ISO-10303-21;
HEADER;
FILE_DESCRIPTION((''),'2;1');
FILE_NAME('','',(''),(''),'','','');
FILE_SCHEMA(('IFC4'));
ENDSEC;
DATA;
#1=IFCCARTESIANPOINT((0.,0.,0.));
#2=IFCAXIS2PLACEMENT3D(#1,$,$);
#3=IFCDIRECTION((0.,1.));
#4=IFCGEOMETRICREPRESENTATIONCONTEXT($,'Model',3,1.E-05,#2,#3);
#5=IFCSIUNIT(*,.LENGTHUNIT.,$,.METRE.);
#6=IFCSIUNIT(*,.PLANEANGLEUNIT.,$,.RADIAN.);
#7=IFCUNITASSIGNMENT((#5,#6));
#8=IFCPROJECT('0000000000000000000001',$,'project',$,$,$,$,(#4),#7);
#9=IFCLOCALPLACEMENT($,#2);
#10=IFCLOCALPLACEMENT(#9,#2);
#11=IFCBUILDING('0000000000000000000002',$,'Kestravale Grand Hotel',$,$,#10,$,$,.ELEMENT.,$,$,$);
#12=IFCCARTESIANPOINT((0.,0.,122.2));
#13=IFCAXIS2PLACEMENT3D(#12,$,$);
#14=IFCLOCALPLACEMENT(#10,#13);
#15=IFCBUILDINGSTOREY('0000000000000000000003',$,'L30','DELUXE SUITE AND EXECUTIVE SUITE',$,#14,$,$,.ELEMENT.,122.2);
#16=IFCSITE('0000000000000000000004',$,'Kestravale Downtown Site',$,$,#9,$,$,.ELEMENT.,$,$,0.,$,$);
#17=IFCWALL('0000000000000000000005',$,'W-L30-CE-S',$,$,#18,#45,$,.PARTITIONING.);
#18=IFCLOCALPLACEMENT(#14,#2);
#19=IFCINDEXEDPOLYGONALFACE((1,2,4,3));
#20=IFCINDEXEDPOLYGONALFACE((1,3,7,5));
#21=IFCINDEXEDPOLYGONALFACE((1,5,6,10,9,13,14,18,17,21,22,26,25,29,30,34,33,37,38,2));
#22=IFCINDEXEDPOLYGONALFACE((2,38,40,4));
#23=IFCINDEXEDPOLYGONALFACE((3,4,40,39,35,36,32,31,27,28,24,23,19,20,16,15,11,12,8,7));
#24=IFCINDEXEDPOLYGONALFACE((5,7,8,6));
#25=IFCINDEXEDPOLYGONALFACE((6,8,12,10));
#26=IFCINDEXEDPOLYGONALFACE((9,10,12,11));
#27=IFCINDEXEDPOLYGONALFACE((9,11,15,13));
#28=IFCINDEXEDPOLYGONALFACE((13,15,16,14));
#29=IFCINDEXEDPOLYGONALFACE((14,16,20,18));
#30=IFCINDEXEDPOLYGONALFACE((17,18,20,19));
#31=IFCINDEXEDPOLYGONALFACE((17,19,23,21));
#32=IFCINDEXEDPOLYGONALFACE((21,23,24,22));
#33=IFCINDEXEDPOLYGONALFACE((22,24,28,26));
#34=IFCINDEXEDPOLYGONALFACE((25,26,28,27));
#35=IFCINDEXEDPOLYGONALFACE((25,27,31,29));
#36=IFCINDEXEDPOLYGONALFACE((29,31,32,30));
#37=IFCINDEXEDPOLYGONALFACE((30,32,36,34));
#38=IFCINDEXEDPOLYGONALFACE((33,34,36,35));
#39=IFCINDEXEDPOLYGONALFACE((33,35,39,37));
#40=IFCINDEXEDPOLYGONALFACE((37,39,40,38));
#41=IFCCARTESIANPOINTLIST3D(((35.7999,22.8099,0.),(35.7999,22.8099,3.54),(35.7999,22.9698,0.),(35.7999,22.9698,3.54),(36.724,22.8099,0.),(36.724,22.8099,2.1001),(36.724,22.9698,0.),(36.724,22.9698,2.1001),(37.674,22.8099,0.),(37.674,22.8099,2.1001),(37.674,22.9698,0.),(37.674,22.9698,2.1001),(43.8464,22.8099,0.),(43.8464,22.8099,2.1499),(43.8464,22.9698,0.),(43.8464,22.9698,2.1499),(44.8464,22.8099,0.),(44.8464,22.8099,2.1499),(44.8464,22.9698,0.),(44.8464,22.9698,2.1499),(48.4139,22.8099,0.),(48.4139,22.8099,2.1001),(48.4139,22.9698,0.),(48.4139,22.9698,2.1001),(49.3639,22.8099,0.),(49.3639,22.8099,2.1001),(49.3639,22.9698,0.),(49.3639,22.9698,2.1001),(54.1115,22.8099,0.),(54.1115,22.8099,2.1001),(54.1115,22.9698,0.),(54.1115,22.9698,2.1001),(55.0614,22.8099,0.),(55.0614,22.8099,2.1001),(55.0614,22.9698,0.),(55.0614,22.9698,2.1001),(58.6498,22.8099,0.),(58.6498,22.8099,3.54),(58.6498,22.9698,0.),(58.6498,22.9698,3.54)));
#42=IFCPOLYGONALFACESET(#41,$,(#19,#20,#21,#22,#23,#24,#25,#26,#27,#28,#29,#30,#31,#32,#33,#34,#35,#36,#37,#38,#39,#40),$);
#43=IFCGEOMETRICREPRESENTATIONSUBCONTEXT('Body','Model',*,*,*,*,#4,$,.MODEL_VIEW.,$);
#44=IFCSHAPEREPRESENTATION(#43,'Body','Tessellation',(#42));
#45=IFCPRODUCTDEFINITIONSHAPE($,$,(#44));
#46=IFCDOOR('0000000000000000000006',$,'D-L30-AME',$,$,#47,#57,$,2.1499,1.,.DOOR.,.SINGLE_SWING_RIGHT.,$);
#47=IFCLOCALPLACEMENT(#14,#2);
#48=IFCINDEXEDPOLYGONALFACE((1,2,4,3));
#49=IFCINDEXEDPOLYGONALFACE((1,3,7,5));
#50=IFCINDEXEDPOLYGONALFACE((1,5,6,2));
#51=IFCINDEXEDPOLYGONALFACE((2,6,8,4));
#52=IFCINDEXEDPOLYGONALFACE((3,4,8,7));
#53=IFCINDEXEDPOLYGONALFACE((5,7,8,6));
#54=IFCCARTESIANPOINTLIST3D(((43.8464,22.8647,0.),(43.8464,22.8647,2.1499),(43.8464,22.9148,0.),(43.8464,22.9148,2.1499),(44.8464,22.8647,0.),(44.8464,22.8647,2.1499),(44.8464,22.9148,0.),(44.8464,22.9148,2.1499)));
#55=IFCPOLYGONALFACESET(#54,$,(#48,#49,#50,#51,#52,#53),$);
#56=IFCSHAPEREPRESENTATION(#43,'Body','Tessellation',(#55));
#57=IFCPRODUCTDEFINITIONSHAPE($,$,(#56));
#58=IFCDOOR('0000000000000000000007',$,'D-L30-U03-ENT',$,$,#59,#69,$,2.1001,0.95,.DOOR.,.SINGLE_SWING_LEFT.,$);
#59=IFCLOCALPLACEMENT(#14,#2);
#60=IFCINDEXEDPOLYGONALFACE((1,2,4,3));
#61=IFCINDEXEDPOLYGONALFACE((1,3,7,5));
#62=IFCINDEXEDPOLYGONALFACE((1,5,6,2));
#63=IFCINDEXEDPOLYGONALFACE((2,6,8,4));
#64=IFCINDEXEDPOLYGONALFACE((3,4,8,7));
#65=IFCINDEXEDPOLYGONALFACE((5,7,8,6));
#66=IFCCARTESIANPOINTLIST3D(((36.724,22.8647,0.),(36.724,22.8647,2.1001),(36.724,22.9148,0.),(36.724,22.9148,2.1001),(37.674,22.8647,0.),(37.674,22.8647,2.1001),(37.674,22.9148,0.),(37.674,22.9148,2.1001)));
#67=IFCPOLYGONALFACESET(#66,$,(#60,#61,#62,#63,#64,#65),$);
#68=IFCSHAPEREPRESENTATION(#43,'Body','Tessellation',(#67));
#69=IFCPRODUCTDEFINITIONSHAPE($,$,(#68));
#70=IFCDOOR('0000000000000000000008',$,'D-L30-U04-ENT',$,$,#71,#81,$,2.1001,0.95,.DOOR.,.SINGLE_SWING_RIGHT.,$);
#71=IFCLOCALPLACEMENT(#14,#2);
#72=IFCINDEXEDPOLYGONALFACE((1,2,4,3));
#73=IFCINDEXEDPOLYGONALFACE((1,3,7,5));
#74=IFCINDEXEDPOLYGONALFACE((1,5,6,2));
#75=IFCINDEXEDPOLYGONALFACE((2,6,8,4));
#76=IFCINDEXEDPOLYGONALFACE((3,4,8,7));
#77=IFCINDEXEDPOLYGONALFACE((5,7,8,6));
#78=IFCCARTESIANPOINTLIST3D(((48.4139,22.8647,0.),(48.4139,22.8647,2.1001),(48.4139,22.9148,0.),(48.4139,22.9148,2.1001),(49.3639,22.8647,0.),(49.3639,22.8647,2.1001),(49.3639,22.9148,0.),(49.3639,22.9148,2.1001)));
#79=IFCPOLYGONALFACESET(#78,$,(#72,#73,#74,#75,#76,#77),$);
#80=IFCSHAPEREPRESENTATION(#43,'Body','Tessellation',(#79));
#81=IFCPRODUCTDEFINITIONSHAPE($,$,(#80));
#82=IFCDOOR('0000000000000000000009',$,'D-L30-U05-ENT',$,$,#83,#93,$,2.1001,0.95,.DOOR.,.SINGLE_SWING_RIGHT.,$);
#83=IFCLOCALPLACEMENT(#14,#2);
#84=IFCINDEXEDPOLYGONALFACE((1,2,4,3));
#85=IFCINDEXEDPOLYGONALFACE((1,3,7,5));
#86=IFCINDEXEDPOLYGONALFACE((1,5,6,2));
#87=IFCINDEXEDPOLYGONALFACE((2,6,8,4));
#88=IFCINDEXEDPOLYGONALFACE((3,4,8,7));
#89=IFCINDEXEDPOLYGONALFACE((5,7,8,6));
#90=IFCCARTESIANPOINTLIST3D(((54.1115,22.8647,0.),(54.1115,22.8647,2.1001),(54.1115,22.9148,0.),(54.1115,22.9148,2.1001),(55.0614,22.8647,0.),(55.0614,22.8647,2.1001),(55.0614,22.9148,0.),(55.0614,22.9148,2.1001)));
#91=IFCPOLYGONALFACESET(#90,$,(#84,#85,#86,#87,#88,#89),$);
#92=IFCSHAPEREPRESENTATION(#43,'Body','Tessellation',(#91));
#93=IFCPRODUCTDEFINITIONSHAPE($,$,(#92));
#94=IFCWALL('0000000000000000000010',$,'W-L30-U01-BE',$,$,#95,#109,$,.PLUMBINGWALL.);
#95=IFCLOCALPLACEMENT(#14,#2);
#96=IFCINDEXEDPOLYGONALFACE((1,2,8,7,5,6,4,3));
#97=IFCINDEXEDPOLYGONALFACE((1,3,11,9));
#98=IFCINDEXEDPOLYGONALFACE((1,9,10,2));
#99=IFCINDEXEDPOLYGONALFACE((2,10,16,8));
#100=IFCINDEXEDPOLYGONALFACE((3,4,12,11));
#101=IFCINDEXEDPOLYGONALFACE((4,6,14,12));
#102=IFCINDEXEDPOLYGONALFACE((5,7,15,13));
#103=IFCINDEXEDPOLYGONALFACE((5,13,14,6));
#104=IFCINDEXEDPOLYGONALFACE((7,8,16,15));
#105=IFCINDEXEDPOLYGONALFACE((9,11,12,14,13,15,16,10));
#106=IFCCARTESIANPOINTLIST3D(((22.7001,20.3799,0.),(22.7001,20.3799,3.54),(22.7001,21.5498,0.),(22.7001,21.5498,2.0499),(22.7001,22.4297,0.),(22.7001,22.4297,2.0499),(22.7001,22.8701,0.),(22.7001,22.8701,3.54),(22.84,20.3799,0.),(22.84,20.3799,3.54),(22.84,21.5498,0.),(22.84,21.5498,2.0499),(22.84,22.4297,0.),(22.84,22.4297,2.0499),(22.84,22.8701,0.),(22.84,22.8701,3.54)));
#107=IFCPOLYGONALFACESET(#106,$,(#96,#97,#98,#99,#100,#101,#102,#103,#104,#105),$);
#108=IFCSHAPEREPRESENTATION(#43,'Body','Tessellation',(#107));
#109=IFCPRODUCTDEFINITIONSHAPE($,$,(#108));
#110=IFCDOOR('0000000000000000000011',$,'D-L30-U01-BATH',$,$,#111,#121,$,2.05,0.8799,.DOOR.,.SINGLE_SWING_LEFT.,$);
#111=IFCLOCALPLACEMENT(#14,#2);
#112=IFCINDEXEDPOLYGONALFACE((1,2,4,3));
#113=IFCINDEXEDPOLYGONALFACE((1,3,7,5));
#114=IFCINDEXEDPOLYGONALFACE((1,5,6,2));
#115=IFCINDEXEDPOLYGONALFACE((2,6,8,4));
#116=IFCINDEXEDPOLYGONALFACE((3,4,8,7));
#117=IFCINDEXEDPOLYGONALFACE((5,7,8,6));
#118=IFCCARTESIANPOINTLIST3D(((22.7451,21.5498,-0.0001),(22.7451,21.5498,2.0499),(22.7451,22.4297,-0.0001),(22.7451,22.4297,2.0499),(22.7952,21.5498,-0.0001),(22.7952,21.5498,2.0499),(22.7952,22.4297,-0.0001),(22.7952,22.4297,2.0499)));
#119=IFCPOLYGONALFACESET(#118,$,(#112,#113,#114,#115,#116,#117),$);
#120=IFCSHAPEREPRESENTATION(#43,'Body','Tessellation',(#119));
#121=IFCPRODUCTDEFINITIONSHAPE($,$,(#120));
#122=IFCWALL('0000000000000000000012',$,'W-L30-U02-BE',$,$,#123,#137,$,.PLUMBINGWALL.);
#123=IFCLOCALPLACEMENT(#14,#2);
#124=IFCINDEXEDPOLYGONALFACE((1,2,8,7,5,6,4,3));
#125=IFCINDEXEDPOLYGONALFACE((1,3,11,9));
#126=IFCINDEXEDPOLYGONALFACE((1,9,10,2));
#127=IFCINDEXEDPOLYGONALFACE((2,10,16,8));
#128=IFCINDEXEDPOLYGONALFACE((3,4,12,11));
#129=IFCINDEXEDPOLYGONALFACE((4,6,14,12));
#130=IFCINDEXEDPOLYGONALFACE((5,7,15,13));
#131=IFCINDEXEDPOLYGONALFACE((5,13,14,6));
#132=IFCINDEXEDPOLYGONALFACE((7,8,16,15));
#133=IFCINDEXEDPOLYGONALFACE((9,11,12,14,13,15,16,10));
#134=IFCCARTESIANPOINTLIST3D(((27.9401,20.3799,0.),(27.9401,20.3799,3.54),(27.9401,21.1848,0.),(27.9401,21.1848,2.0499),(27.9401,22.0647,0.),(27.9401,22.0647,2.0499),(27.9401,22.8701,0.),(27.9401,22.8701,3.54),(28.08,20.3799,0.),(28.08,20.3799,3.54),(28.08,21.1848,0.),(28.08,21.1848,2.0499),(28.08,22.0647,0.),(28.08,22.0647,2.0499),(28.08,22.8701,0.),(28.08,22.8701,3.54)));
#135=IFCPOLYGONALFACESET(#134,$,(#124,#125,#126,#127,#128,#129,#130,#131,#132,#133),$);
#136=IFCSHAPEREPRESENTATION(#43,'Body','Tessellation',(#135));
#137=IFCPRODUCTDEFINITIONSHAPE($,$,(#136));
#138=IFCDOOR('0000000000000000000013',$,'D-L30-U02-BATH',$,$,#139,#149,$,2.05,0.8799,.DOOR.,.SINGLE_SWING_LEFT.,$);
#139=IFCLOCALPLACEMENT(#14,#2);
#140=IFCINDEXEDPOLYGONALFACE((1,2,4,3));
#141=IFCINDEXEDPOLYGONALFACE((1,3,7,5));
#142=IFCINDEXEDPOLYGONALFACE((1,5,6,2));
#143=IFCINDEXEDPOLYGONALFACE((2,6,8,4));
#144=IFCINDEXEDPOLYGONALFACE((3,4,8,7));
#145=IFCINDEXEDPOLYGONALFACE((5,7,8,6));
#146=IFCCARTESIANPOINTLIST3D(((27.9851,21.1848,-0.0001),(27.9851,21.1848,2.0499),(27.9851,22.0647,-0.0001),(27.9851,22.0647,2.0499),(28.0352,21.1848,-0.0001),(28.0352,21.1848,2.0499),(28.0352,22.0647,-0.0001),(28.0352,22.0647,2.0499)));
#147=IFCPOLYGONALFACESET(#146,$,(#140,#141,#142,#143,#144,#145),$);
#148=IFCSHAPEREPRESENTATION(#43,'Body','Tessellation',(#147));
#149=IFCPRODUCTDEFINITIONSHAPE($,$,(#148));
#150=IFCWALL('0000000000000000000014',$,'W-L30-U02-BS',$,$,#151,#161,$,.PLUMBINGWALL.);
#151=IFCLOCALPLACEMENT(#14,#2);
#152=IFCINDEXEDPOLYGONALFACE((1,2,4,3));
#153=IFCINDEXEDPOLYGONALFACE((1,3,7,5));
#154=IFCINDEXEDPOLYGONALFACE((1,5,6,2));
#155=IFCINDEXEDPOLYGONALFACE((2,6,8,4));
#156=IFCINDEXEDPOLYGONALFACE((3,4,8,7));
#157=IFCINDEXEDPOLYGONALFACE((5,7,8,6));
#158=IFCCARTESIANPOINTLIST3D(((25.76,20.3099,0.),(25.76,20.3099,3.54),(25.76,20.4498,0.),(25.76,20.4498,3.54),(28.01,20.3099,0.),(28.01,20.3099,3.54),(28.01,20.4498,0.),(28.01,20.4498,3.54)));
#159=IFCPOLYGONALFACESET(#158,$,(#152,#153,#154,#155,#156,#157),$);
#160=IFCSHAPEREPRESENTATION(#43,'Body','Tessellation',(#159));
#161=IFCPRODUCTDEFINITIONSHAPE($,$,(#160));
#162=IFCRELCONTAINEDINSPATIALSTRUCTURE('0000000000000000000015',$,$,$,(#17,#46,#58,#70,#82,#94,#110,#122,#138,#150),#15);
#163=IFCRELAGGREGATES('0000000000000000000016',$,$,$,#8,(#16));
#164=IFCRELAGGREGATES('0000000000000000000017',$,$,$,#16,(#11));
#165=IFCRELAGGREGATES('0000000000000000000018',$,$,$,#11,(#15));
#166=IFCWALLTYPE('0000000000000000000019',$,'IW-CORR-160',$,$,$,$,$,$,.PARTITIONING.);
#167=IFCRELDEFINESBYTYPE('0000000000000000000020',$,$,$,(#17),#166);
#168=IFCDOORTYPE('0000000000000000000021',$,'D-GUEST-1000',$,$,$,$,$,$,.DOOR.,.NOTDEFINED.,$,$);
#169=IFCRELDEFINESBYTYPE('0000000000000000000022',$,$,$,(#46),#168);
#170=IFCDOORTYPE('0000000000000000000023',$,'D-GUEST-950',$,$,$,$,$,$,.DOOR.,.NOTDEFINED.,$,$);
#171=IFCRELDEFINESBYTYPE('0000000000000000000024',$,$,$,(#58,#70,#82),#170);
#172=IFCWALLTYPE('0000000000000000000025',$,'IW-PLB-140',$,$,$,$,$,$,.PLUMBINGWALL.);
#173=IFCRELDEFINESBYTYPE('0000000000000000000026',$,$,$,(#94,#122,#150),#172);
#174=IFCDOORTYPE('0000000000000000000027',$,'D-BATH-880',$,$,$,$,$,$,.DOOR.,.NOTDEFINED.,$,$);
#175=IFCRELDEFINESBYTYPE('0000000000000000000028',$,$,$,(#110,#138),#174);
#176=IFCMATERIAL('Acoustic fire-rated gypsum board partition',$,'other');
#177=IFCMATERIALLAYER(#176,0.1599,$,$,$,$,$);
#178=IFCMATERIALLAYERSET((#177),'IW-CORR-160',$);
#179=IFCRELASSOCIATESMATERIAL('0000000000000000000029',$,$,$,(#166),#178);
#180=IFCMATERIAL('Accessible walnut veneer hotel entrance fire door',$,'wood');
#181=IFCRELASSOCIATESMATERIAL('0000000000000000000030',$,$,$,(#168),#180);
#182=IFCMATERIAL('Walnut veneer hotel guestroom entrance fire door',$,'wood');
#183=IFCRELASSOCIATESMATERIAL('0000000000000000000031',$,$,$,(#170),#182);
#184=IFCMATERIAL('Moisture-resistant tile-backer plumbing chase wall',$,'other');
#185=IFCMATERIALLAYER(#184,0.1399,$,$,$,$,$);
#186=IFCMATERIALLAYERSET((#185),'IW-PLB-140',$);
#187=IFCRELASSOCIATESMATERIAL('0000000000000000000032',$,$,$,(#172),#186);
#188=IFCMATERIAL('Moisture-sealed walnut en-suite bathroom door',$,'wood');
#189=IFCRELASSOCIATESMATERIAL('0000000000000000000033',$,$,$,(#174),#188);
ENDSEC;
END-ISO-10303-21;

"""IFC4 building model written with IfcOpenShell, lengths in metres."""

from ifc_helpers import new_model, si_unit, direction, frame, frame_2d, origin, place, context, subcontext, project, spatial, rectangle, extrude, material, layer, layer_set, type_object, element, fill, save


model = new_model("IFC4")

# Units and contexts
model_context = context("Model", 3, precision=1e-05, world=origin(), true_north=direction((0.0, 1.0)))
body_context = subcontext(model_context, "Body", "Model", "MODEL_VIEW")
ifc_project = project(units=[si_unit("LENGTHUNIT", "METRE"), si_unit("PLANEANGLEUNIT", "RADIAN")], contexts=[model_context])

# Site, building, storey
site_placement = place(None, origin())
site = spatial("IfcSite", under=ifc_project, at=site_placement, Name="Kestravale Downtown Site", CompositionType="ELEMENT", RefElevation=0.0)
building_placement = place(site_placement, origin())
building = spatial("IfcBuilding", under=site, at=building_placement, Name="Kestravale Grand Hotel", CompositionType="ELEMENT")
storey_placement = place(building_placement, frame((0.0, 0.0, 122.2)))
storey = spatial("IfcBuildingStorey", under=building, at=storey_placement, Name="L30", Description="DELUXE SUITE AND EXECUTIVE SUITE", CompositionType="ELEMENT", Elevation=122.2)

# Shared definitions
ifc_material_1 = material(Name="Acoustic fire-rated gypsum board partition", Category="other")
ifc_layer_1 = layer(ifc_material_1, 0.1599)
ifc_layer_set_1 = layer_set([ifc_layer_1], Name="IW-CORR-160")
wall_type_1 = type_object("IfcWallType", Name="IW-CORR-160", PredefinedType="PARTITIONING", material=ifc_layer_set_1)

# Wall, openings, doors
wall_1_placement = place(storey_placement, frame((35.8, 22.8899, 0.0), z_axis=(0.0, 0.0, 1.0), x_axis=(1.0, 0.0, 0.0)))
wall_1 = element("IfcWall", 1, at=wall_1_placement, inside=storey, type_object=wall_type_1, Name="W-L30-CE-S", PredefinedType="PARTITIONING", context=body_context, shape_type="SweptSolid", body=[
    extrude(rectangle(XDim=22.8499, YDim=0.1599, at=frame_2d((11.4248, 0.0))), origin(), (0.0, 0.0, 1.0), 3.54),
])
opening_1_placement = place(wall_1_placement, frame((0.9238, 0.0, 0.0)))
opening_1 = element("IfcOpeningElement", 2, at=opening_1_placement, cuts=wall_1, PredefinedType="OPENING", context=body_context, shape_type="SweptSolid", body=[
    extrude(rectangle(XDim=0.95, YDim=2.1001, at=frame_2d((0.4751, 1.05))), frame((0.0, 0.0898, 0.0), z_axis=(0.0, -1.0, 0.0), x_axis=(1.0, 0.0, 0.0)), (0.0, 0.0, 1.0), 0.1799),
])
opening_2_placement = place(wall_1_placement, frame((8.0464, 0.0, 0.0)))
opening_2 = element("IfcOpeningElement", 3, at=opening_2_placement, cuts=wall_1, PredefinedType="OPENING", context=body_context, shape_type="SweptSolid", body=[
    extrude(rectangle(XDim=1.0, YDim=2.1499, at=frame_2d((0.5, 1.075))), frame((0.0, 0.0898, 0.0), z_axis=(0.0, -1.0, 0.0), x_axis=(1.0, 0.0, 0.0)), (0.0, 0.0, 1.0), 0.1799),
])
opening_3_placement = place(wall_1_placement, frame((12.6138, 0.0, 0.0)))
opening_3 = element("IfcOpeningElement", 4, at=opening_3_placement, cuts=wall_1, PredefinedType="OPENING", context=body_context, shape_type="SweptSolid", body=[
    extrude(rectangle(XDim=0.95, YDim=2.1001, at=frame_2d((0.4751, 1.05))), frame((0.0, 0.0898, 0.0), z_axis=(0.0, -1.0, 0.0), x_axis=(1.0, 0.0, 0.0)), (0.0, 0.0, 1.0), 0.1799),
])
opening_4_placement = place(wall_1_placement, frame((18.3113, 0.0, 0.0)))
opening_4 = element("IfcOpeningElement", 5, at=opening_4_placement, cuts=wall_1, PredefinedType="OPENING", context=body_context, shape_type="SweptSolid", body=[
    extrude(rectangle(XDim=0.95, YDim=2.1001, at=frame_2d((0.4751, 1.05))), frame((0.0, 0.0898, 0.0), z_axis=(0.0, -1.0, 0.0), x_axis=(1.0, 0.0, 0.0)), (0.0, 0.0, 1.0), 0.1799),
])
ifc_material_2 = material(Name="Accessible walnut veneer hotel entrance fire door", Category="wood")
door_type_1 = type_object("IfcDoorType", Name="D-GUEST-1000", OperationType="NOTDEFINED", PredefinedType="DOOR", material=ifc_material_2)
door_1_placement = place(opening_2_placement, origin())
door_1 = element("IfcDoor", 6, at=door_1_placement, inside=storey, type_object=door_type_1, Name="D-L30-AME", OperationType="SINGLE_SWING_RIGHT", OverallHeight=2.1499, OverallWidth=1.0, PredefinedType="DOOR", context=body_context, shape_type="SweptSolid", body=[
    extrude(rectangle(XDim=1.0, YDim=2.1499, at=frame_2d((0.5, 1.075))), frame((0.0, 0.0249, 0.0), z_axis=(0.0, -1.0, 0.0), x_axis=(1.0, 0.0, 0.0)), (0.0, 0.0, 1.0), 0.05),
])
fill(opening_2, door_1)
ifc_material_3 = material(Name="Walnut veneer hotel guestroom entrance fire door", Category="wood")
door_type_2 = type_object("IfcDoorType", Name="D-GUEST-950", OperationType="NOTDEFINED", PredefinedType="DOOR", material=ifc_material_3)
door_2_placement = place(opening_1_placement, origin())
door_2 = element("IfcDoor", 7, at=door_2_placement, inside=storey, type_object=door_type_2, Name="D-L30-U03-ENT", OperationType="SINGLE_SWING_LEFT", OverallHeight=2.1001, OverallWidth=0.95, PredefinedType="DOOR", context=body_context, shape_type="SweptSolid", body=[
    extrude(rectangle(XDim=0.95, YDim=2.1001, at=frame_2d((0.4751, 1.05))), frame((0.0, 0.0249, 0.0), z_axis=(0.0, -1.0, 0.0), x_axis=(1.0, 0.0, 0.0)), (0.0, 0.0, 1.0), 0.05),
])
fill(opening_1, door_2)
door_3_placement = place(opening_3_placement, origin())
door_3 = element("IfcDoor", 8, at=door_3_placement, inside=storey, type_object=door_type_2, Name="D-L30-U04-ENT", OperationType="SINGLE_SWING_RIGHT", OverallHeight=2.1001, OverallWidth=0.95, PredefinedType="DOOR", context=body_context, shape_type="SweptSolid", body=[
    extrude(rectangle(XDim=0.95, YDim=2.1001, at=frame_2d((0.4751, 1.05))), frame((0.0, 0.0249, 0.0), z_axis=(0.0, -1.0, 0.0), x_axis=(1.0, 0.0, 0.0)), (0.0, 0.0, 1.0), 0.05),
])
fill(opening_3, door_3)
door_4_placement = place(opening_4_placement, origin())
door_4 = element("IfcDoor", 9, at=door_4_placement, inside=storey, type_object=door_type_2, Name="D-L30-U05-ENT", OperationType="SINGLE_SWING_RIGHT", OverallHeight=2.1001, OverallWidth=0.95, PredefinedType="DOOR", context=body_context, shape_type="SweptSolid", body=[
    extrude(rectangle(XDim=0.95, YDim=2.1001, at=frame_2d((0.4751, 1.05))), frame((0.0, 0.0249, 0.0), z_axis=(0.0, -1.0, 0.0), x_axis=(1.0, 0.0, 0.0)), (0.0, 0.0, 1.0), 0.05),
])
fill(opening_4, door_4)

# Walls, openings, doors
ifc_material_4 = material(Name="Moisture-resistant tile-backer plumbing chase wall", Category="other")
ifc_layer_2 = layer(ifc_material_4, 0.1399)
ifc_layer_set_2 = layer_set([ifc_layer_2], Name="IW-PLB-140")
wall_type_2 = type_object("IfcWallType", Name="IW-PLB-140", PredefinedType="PLUMBINGWALL", material=ifc_layer_set_2)
wall_2_placement = place(storey_placement, frame((22.77, 20.3799, 0.0), z_axis=(0.0, 0.0, 1.0), x_axis=(0.0, 1.0, 0.0)))
wall_2 = element("IfcWall", 10, at=wall_2_placement, inside=storey, type_object=wall_type_2, Name="W-L30-U01-BE", PredefinedType="PLUMBINGWALL", context=body_context, shape_type="SweptSolid", body=[
    extrude(rectangle(XDim=2.4902, YDim=0.1399, at=frame_2d((1.2451, 0.0))), origin(), (0.0, 0.0, 1.0), 3.54),
])
opening_5_placement = place(wall_2_placement, frame((1.1699, 0.0, 0.0)))
opening_5 = element("IfcOpeningElement", 11, at=opening_5_placement, cuts=wall_2, PredefinedType="OPENING", context=body_context, shape_type="SweptSolid", body=[
    extrude(rectangle(XDim=0.8799, YDim=2.05, at=frame_2d((0.4399, 1.0249))), frame((0.0, 0.0798, 0.0), z_axis=(0.0, -1.0, 0.0), x_axis=(1.0, 0.0, 0.0)), (0.0, 0.0, 1.0), 0.1599),
])
ifc_material_5 = material(Name="Moisture-sealed walnut en-suite bathroom door", Category="wood")
door_type_3 = type_object("IfcDoorType", Name="D-BATH-880", OperationType="NOTDEFINED", PredefinedType="DOOR", material=ifc_material_5)
door_5_placement = place(opening_5_placement, origin())
door_5 = element("IfcDoor", 12, at=door_5_placement, inside=storey, type_object=door_type_3, Name="D-L30-U01-BATH", OperationType="SINGLE_SWING_LEFT", OverallHeight=2.05, OverallWidth=0.8799, PredefinedType="DOOR", context=body_context, shape_type="SweptSolid", body=[
    extrude(rectangle(XDim=0.8799, YDim=2.05, at=frame_2d((0.4399, 1.0249))), frame((0.0, 0.0249, 0.0), z_axis=(0.0, -1.0, 0.0), x_axis=(1.0, 0.0, 0.0)), (0.0, 0.0, 1.0), 0.05),
])
fill(opening_5, door_5)
wall_3_placement = place(storey_placement, frame((28.01, 20.3799, 0.0), z_axis=(0.0, 0.0, 1.0), x_axis=(0.0, 1.0, 0.0)))
wall_3 = element("IfcWall", 13, at=wall_3_placement, inside=storey, type_object=wall_type_2, Name="W-L30-U02-BE", PredefinedType="PLUMBINGWALL", context=body_context, shape_type="SweptSolid", body=[
    extrude(rectangle(XDim=2.4902, YDim=0.1399, at=frame_2d((1.2451, 0.0))), origin(), (0.0, 0.0, 1.0), 3.54),
])
opening_6_placement = place(wall_3_placement, frame((0.8049, 0.0, 0.0)))
opening_6 = element("IfcOpeningElement", 14, at=opening_6_placement, cuts=wall_3, PredefinedType="OPENING", context=body_context, shape_type="SweptSolid", body=[
    extrude(rectangle(XDim=0.8799, YDim=2.05, at=frame_2d((0.4399, 1.0249))), frame((0.0, 0.0798, 0.0), z_axis=(0.0, -1.0, 0.0), x_axis=(1.0, 0.0, 0.0)), (0.0, 0.0, 1.0), 0.1599),
])
door_6_placement = place(opening_6_placement, origin())
door_6 = element("IfcDoor", 15, at=door_6_placement, inside=storey, type_object=door_type_3, Name="D-L30-U02-BATH", OperationType="SINGLE_SWING_LEFT", OverallHeight=2.05, OverallWidth=0.8799, PredefinedType="DOOR", context=body_context, shape_type="SweptSolid", body=[
    extrude(rectangle(XDim=0.8799, YDim=2.05, at=frame_2d((0.4399, 1.0249))), frame((0.0, 0.0249, 0.0), z_axis=(0.0, -1.0, 0.0), x_axis=(1.0, 0.0, 0.0)), (0.0, 0.0, 1.0), 0.05),
])
fill(opening_6, door_6)

# Wall
wall_4_placement = place(storey_placement, frame((25.76, 20.3799, 0.0), z_axis=(0.0, 0.0, 1.0), x_axis=(1.0, 0.0, 0.0)))
element("IfcWall", 16, at=wall_4_placement, inside=storey, type_object=wall_type_2, Name="W-L30-U02-BS", PredefinedType="PLUMBINGWALL", context=body_context, shape_type="SweptSolid", body=[
    extrude(rectangle(XDim=2.25, YDim=0.1399, at=frame_2d((1.125, 0.0))), origin(), (0.0, 0.0, 1.0), 3.54),
])

save(model, "model.ifc")
